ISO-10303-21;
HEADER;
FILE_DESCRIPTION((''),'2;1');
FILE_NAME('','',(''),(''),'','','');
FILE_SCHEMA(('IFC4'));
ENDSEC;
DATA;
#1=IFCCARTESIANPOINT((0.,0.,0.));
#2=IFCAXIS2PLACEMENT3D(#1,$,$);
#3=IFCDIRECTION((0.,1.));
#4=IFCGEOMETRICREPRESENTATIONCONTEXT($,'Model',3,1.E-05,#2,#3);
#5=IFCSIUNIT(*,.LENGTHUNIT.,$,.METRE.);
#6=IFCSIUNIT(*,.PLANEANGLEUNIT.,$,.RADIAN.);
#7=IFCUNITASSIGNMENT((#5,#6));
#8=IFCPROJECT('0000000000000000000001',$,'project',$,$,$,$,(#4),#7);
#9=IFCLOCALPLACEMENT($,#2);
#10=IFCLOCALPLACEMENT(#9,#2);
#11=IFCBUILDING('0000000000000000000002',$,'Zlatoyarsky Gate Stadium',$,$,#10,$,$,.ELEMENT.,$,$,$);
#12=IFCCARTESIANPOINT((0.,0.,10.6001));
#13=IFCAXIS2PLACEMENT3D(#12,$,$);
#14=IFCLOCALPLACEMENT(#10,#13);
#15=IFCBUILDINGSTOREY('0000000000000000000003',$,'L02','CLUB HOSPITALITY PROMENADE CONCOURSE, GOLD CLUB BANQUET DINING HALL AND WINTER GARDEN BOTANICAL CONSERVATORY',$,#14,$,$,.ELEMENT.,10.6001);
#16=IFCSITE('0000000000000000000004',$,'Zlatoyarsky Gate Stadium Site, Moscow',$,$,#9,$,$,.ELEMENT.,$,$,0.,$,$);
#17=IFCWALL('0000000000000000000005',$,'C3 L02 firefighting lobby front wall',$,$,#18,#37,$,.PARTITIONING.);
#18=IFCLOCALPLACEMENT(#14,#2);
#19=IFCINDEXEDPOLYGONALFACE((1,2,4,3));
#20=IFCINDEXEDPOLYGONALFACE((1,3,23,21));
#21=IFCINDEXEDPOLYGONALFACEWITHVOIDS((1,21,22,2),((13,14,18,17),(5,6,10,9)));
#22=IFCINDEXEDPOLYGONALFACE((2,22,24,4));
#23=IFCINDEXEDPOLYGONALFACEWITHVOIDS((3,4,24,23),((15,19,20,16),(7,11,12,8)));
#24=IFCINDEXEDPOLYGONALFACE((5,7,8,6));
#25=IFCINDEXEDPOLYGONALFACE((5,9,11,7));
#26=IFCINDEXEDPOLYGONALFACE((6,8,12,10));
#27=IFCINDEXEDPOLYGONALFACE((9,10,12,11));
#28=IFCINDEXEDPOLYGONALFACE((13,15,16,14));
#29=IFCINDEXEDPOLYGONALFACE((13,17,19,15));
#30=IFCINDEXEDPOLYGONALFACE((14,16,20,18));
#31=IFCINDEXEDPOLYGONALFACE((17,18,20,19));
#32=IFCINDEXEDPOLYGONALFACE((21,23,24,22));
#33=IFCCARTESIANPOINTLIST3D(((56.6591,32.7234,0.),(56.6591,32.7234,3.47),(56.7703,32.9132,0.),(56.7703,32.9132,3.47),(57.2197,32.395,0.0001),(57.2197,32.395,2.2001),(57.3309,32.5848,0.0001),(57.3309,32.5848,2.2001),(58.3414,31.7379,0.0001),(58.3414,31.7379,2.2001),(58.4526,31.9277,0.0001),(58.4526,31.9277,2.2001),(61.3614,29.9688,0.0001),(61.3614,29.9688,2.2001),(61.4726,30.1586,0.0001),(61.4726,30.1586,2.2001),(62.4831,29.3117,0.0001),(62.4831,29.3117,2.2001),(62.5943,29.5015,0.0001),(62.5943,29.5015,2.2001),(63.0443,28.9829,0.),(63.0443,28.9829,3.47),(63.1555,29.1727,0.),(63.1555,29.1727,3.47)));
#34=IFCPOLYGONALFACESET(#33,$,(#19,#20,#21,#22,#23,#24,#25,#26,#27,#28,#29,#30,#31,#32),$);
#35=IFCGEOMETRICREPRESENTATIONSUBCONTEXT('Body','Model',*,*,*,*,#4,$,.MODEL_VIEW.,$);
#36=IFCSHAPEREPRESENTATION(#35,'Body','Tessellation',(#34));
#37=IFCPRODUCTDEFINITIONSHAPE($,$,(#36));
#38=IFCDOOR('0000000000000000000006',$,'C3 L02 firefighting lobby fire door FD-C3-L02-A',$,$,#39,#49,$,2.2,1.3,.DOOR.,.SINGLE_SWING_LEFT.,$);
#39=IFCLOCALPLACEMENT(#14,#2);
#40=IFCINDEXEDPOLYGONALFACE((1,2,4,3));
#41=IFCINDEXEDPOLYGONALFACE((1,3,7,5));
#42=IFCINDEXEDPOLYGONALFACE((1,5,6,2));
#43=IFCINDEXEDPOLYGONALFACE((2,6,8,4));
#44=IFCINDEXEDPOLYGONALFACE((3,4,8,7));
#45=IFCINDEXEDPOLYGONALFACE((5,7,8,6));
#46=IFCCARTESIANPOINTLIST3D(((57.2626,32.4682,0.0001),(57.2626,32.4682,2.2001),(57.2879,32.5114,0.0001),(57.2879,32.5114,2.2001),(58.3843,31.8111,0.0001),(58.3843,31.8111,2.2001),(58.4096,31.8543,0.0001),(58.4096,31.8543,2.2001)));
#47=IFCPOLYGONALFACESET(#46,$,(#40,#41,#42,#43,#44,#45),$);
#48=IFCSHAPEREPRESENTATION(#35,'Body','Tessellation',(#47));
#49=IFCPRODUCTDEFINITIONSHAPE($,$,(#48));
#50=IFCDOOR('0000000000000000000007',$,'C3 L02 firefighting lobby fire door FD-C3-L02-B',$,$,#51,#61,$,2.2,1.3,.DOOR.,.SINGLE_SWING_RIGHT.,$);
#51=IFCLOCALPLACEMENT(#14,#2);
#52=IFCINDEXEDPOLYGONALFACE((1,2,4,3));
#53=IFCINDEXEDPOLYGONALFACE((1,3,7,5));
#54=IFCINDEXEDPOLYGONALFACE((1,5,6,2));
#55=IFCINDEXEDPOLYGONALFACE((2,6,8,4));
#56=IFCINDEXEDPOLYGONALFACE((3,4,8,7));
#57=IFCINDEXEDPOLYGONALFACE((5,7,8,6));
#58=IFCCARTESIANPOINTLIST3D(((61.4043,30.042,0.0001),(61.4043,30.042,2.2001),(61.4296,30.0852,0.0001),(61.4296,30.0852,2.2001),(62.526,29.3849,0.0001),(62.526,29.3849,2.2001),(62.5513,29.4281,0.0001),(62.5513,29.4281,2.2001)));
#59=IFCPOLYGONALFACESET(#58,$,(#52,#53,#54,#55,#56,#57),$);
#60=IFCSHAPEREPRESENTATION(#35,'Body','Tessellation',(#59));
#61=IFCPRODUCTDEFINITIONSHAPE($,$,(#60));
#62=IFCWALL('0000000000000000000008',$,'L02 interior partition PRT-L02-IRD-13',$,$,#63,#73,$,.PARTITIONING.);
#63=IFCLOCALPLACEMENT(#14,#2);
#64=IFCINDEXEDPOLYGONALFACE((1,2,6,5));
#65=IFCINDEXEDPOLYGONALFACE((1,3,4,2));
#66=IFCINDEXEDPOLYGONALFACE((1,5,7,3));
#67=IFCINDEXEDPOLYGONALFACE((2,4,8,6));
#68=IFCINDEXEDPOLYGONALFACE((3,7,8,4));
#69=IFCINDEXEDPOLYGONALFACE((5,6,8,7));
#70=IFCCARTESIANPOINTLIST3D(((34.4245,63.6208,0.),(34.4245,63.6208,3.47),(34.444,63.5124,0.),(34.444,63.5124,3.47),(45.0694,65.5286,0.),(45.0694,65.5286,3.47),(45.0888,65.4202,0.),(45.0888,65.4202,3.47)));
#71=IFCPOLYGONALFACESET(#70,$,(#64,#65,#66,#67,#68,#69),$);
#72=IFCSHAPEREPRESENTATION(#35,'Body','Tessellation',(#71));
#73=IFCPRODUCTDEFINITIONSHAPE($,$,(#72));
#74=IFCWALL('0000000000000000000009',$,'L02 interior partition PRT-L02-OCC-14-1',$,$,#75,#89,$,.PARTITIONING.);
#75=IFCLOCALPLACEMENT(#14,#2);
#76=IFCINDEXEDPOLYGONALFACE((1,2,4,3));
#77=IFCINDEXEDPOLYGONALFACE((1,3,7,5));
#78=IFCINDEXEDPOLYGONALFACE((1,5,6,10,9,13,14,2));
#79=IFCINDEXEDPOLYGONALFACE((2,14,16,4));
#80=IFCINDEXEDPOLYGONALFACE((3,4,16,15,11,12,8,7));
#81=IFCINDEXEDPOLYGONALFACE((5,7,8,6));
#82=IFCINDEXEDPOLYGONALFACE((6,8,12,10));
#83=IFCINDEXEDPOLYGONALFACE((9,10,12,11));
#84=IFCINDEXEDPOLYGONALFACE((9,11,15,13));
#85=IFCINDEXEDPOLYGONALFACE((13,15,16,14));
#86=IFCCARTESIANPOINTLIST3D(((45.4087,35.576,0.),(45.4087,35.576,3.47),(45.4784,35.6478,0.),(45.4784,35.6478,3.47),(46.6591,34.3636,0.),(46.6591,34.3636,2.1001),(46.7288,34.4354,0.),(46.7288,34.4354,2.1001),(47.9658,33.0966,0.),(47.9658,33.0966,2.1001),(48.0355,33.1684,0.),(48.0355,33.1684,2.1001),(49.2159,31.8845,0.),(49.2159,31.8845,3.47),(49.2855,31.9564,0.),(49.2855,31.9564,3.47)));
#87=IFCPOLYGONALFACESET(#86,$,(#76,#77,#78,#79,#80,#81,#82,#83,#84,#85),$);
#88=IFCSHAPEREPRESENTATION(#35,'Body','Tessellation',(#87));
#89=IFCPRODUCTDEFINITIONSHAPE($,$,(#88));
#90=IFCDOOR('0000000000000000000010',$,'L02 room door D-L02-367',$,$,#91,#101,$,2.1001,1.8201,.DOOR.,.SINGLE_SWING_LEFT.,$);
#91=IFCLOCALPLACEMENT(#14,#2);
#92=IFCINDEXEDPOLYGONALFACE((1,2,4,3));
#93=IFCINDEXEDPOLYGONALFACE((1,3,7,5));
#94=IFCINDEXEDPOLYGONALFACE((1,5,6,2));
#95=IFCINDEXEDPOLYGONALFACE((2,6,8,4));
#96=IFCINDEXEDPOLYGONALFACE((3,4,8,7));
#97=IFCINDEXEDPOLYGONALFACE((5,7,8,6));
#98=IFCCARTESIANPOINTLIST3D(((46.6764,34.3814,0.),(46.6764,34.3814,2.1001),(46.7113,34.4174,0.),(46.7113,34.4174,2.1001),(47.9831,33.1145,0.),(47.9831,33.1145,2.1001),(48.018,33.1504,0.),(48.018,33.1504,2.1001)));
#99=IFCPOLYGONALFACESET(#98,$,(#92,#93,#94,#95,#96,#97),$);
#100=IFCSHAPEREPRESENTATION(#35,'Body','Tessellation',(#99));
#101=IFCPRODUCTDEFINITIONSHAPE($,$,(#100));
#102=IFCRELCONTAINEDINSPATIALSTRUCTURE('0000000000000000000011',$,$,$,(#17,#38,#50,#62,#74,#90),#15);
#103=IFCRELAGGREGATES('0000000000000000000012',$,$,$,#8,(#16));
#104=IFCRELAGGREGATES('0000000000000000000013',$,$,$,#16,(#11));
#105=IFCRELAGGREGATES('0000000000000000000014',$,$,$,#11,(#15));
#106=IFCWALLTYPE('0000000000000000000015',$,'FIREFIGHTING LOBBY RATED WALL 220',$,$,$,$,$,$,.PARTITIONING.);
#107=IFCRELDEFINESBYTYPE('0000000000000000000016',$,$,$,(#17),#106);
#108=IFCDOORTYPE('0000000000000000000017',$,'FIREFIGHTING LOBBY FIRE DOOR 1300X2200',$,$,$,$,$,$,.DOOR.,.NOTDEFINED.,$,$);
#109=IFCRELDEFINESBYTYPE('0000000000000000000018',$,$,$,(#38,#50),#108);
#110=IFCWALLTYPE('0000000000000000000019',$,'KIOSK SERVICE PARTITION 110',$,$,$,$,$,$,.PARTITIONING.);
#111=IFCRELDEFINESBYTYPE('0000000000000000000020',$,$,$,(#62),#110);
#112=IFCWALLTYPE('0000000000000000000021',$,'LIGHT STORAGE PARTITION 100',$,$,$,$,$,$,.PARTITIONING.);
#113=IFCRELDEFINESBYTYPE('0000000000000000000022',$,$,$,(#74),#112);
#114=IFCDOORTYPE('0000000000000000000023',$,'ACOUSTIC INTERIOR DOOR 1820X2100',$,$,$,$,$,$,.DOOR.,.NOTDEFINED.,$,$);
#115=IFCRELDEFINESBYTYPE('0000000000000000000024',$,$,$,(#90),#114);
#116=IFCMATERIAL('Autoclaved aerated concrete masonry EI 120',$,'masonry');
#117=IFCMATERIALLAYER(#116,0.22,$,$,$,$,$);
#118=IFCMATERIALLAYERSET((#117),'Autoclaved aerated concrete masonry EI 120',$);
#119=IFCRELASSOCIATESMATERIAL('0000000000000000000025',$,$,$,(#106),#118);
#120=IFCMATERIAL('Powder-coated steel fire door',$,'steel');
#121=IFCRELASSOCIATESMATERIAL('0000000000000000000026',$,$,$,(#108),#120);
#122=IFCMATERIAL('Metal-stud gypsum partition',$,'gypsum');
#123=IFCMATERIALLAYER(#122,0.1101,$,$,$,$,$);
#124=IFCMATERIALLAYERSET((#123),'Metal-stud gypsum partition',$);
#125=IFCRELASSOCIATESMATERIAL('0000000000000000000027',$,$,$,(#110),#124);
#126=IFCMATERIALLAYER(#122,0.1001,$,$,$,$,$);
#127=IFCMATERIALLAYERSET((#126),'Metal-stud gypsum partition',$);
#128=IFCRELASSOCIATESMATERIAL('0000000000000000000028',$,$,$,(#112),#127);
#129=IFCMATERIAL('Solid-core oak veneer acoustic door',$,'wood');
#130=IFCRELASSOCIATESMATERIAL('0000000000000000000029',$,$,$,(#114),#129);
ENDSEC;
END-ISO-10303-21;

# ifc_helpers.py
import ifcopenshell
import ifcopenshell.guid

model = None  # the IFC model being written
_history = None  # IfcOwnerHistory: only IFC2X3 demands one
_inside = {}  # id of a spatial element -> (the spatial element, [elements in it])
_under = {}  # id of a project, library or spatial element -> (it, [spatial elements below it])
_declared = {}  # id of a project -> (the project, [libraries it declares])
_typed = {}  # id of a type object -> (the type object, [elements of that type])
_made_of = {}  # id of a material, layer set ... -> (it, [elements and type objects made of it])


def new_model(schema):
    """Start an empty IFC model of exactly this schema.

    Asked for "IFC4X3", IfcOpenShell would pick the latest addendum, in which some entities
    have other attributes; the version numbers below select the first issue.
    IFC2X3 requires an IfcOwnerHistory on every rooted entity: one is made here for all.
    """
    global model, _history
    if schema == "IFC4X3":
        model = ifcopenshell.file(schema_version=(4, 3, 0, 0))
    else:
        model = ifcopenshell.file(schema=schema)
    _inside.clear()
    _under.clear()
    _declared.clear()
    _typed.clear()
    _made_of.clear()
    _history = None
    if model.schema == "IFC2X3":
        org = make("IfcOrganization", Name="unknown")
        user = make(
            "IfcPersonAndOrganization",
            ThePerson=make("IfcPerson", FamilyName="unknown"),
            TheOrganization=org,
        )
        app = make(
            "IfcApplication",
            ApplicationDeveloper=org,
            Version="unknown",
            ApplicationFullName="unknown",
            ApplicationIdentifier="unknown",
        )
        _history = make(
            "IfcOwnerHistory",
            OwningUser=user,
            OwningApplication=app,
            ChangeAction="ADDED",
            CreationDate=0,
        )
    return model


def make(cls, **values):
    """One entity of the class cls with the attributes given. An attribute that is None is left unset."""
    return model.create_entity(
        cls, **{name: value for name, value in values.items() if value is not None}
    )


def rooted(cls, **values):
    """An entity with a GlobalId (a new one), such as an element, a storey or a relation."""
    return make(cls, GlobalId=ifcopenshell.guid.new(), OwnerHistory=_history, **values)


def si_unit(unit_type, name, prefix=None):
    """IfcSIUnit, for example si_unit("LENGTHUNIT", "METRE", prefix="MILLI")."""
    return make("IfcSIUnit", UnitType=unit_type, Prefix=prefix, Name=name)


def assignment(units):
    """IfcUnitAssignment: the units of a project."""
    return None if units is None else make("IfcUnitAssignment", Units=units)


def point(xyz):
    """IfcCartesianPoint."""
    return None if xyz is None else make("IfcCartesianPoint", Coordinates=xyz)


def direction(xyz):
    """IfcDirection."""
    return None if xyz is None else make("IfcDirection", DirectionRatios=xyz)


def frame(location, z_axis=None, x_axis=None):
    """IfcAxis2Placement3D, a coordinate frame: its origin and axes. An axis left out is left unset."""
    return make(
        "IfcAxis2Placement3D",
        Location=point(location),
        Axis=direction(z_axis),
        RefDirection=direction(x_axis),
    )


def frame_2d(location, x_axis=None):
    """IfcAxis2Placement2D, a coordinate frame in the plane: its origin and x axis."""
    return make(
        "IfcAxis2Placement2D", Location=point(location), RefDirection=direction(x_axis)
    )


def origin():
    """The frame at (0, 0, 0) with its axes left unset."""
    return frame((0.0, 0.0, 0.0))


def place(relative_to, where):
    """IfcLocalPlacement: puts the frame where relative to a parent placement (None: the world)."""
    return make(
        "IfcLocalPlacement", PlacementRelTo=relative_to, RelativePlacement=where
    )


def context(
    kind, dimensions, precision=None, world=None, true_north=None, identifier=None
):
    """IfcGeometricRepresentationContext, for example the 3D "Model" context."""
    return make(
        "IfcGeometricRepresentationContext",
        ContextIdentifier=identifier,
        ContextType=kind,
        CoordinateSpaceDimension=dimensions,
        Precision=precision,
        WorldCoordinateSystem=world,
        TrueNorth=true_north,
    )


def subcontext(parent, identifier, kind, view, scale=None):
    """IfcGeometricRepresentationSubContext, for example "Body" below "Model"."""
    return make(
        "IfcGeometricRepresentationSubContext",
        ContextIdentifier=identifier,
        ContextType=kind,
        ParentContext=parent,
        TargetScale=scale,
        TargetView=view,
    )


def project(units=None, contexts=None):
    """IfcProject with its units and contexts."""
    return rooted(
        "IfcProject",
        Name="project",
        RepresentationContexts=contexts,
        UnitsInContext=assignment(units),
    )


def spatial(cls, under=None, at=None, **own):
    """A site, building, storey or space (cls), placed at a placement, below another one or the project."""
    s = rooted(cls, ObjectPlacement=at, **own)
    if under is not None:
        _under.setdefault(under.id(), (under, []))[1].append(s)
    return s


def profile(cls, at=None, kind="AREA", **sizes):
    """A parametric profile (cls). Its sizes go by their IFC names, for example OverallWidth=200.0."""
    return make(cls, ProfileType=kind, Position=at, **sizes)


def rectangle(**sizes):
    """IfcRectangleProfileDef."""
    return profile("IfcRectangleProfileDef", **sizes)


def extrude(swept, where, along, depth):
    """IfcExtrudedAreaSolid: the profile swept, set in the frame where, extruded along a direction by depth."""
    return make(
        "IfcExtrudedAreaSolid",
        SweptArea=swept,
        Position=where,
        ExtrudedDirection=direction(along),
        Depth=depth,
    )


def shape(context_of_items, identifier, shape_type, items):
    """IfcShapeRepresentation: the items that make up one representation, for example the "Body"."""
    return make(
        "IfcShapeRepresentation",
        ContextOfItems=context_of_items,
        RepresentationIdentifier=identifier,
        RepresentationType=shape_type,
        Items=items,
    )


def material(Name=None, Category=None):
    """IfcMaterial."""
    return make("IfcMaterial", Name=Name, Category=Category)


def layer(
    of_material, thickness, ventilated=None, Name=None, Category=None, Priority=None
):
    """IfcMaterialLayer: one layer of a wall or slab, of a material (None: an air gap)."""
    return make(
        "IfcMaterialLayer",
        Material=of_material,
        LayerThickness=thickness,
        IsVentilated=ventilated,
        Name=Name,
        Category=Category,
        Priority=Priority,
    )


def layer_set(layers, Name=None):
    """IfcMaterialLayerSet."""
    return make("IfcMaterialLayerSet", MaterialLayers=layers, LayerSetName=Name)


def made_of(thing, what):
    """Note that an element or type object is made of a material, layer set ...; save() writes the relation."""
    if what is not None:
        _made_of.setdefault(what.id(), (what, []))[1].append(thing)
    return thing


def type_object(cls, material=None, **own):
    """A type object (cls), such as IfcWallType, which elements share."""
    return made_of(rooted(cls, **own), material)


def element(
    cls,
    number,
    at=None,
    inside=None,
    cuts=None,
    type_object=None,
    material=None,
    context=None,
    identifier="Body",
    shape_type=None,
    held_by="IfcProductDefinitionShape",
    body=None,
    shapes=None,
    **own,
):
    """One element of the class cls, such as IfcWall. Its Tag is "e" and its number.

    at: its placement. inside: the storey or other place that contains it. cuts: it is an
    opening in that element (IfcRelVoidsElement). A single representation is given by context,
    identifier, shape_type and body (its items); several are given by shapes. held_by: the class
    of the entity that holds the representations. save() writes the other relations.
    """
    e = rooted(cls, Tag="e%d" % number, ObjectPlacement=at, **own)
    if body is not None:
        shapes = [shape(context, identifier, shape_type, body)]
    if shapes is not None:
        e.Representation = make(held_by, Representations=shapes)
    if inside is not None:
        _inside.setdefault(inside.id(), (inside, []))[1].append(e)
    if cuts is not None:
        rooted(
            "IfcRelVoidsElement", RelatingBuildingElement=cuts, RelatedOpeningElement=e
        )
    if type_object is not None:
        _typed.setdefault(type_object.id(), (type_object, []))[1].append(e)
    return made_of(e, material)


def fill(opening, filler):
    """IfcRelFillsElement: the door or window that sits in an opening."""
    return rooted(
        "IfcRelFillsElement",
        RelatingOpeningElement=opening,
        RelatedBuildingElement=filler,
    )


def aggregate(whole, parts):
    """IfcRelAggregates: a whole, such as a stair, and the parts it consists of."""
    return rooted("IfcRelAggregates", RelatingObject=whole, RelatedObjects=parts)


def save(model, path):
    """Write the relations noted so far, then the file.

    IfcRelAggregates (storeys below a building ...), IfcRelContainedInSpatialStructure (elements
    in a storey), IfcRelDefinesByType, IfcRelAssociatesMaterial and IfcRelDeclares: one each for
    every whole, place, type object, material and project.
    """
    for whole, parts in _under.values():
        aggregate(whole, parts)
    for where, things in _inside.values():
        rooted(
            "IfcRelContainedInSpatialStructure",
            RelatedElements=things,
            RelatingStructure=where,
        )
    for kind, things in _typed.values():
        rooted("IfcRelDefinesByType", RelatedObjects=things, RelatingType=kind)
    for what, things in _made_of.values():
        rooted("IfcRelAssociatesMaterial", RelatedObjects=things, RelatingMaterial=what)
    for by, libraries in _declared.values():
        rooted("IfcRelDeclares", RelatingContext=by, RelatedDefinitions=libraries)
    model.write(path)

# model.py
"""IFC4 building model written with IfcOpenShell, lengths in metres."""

from ifc_helpers import new_model, si_unit, direction, frame, frame_2d, origin, place, context, subcontext, project, spatial, rectangle, extrude, material, layer, layer_set, type_object, element, fill, save


model = new_model("IFC4")

# Units and contexts
model_context = context("Model", 3, precision=1e-05, world=origin(), true_north=direction((0.0, 1.0)))
body_context = subcontext(model_context, "Body", "Model", "MODEL_VIEW")
ifc_project = project(units=[si_unit("LENGTHUNIT", "METRE"), si_unit("PLANEANGLEUNIT", "RADIAN")], contexts=[model_context])

# Site, building, storey
site_placement = place(None, origin())
site = spatial("IfcSite", under=ifc_project, at=site_placement, Name="Zlatoyarsky Gate Stadium Site, Moscow", CompositionType="ELEMENT", RefElevation=0.0)
building_placement = place(site_placement, origin())
building = spatial("IfcBuilding", under=site, at=building_placement, Name="Zlatoyarsky Gate Stadium", CompositionType="ELEMENT")
storey_placement = place(building_placement, frame((0.0, 0.0, 10.6001)))
storey = spatial("IfcBuildingStorey", under=building, at=storey_placement, Name="L02", Description="CLUB HOSPITALITY PROMENADE CONCOURSE, GOLD CLUB BANQUET DINING HALL AND WINTER GARDEN BOTANICAL CONSERVATORY", CompositionType="ELEMENT", Elevation=10.6001)

# Shared definitions
ifc_material_1 = material(Name="Powder-coated steel fire door", Category="steel")

# Shared definitions
ifc_material_2 = material(Name="Autoclaved aerated concrete masonry EI 120", Category="masonry")
ifc_layer_1 = layer(ifc_material_2, 0.22)
ifc_layer_set_1 = layer_set([ifc_layer_1], Name="Autoclaved aerated concrete masonry EI 120")
wall_type_1 = type_object("IfcWallType", Name="FIREFIGHTING LOBBY RATED WALL 220", PredefinedType="PARTITIONING", material=ifc_layer_set_1)

# Wall, openings, doors
wall_1_placement = place(storey_placement, frame((56.7146, 32.8184, 0.0), z_axis=(0.0, 0.0, 1.0), x_axis=(0.862851, -0.505458, 0.0)))
wall_1 = element("IfcWall", 1, at=wall_1_placement, inside=storey, type_object=wall_type_1, Name="C3 L02 firefighting lobby front wall", PredefinedType="PARTITIONING", context=body_context, shape_type="SweptSolid", body=[
    extrude(rectangle(XDim=7.4001, YDim=0.22, at=frame_2d((3.7002, 0.0))), origin(), (0.0, 0.0, 1.0), 3.47),
])
opening_1_placement = place(wall_1_placement, frame((0.6499, 0.0, 0.0)))
opening_1 = element("IfcOpeningElement", 2, at=opening_1_placement, cuts=wall_1, PredefinedType="OPENING", context=body_context, shape_type="SweptSolid", body=[
    extrude(rectangle(XDim=1.3, YDim=2.2, at=frame_2d((0.6499, 1.1001))), frame((0.0, 0.1199, 0.0), z_axis=(0.0, -1.0, 0.0), x_axis=(1.0, 0.0, 0.0)), (0.0, 0.0, 1.0), 0.24),
])
opening_2_placement = place(wall_1_placement, frame((5.45, 0.0, 0.0)))
opening_2 = element("IfcOpeningElement", 3, at=opening_2_placement, cuts=wall_1, PredefinedType="OPENING", context=body_context, shape_type="SweptSolid", body=[
    extrude(rectangle(XDim=1.3, YDim=2.2, at=frame_2d((0.6499, 1.1001))), frame((0.0, 0.1199, 0.0), z_axis=(0.0, -1.0, 0.0), x_axis=(1.0, 0.0, 0.0)), (0.0, 0.0, 1.0), 0.24),
])
door_type_1 = type_object("IfcDoorType", Name="FIREFIGHTING LOBBY FIRE DOOR 1300X2200", OperationType="NOTDEFINED", PredefinedType="DOOR", material=ifc_material_1)
door_1_placement = place(opening_1_placement, origin())
door_1 = element("IfcDoor", 4, at=door_1_placement, inside=storey, type_object=door_type_1, Name="C3 L02 firefighting lobby fire door FD-C3-L02-A", OperationType="SINGLE_SWING_LEFT", OverallHeight=2.2, OverallWidth=1.3, PredefinedType="DOOR", context=body_context, shape_type="SweptSolid", body=[
    extrude(rectangle(XDim=1.3, YDim=2.2, at=frame_2d((0.6499, 1.1001))), frame((0.0, 0.0249, 0.0), z_axis=(0.0, -1.0, 0.0), x_axis=(1.0, 0.0, 0.0)), (0.0, 0.0, 1.0), 0.05),
])
fill(opening_1, door_1)
door_2_placement = place(opening_2_placement, origin())
door_2 = element("IfcDoor", 5, at=door_2_placement, inside=storey, type_object=door_type_1, Name="C3 L02 firefighting lobby fire door FD-C3-L02-B", OperationType="SINGLE_SWING_RIGHT", OverallHeight=2.2, OverallWidth=1.3, PredefinedType="DOOR", context=body_context, shape_type="SweptSolid", body=[
    extrude(rectangle(XDim=1.3, YDim=2.2, at=frame_2d((0.6499, 1.1001))), frame((0.0, 0.0249, 0.0), z_axis=(0.0, -1.0, 0.0), x_axis=(1.0, 0.0, 0.0)), (0.0, 0.0, 1.0), 0.05),
])
fill(opening_2, door_2)

# Wall
ifc_material_3 = material(Name="Metal-stud gypsum partition", Category="gypsum")
ifc_layer_2 = layer(ifc_material_3, 0.1101)
ifc_layer_set_2 = layer_set([ifc_layer_2], Name="Metal-stud gypsum partition")
wall_type_2 = type_object("IfcWallType", Name="KIOSK SERVICE PARTITION 110", PredefinedType="PARTITIONING", material=ifc_layer_set_2)
wall_2_placement = place(storey_placement, frame((45.0791, 65.4744, 0.0), z_axis=(0.0, 0.0, 1.0), x_axis=(-0.984318, -0.176406, 0.0)))
element("IfcWall", 6, at=wall_2_placement, inside=storey, type_object=wall_type_2, Name="L02 interior partition PRT-L02-IRD-13", PredefinedType="PARTITIONING", context=body_context, shape_type="SweptSolid", body=[
    extrude(rectangle(XDim=10.8145, YDim=0.1101, at=frame_2d((5.4072, 0.0))), origin(), (0.0, 0.0, 1.0), 3.47),
])

# Wall, opening, door
ifc_layer_3 = layer(ifc_material_3, 0.1001)
ifc_layer_set_3 = layer_set([ifc_layer_3], Name="Metal-stud gypsum partition")
wall_type_3 = type_object("IfcWallType", Name="LIGHT STORAGE PARTITION 100", PredefinedType="PARTITIONING", material=ifc_layer_set_3)
wall_3_placement = place(storey_placement, frame((45.4436, 35.6118, 0.0), z_axis=(0.0, 0.0, 1.0), x_axis=(0.717934, -0.696111, 0.0)))
wall_3 = element("IfcWall", 7, at=wall_3_placement, inside=storey, type_object=wall_type_3, Name="L02 interior partition PRT-L02-OCC-14-1", PredefinedType="PARTITIONING", context=body_context, shape_type="SweptSolid", body=[
    extrude(rectangle(XDim=5.303, YDim=0.1001, at=frame_2d((2.6514, 0.0))), origin(), (0.0, 0.0, 1.0), 3.47),
])
opening_3_placement = place(wall_3_placement, frame((1.7415, 0.0, 0.0)))
opening_3 = element("IfcOpeningElement", 8, at=opening_3_placement, cuts=wall_3, PredefinedType="OPENING", context=body_context, shape_type="SweptSolid", body=[
    extrude(rectangle(XDim=1.8201, YDim=2.1001, at=frame_2d((0.9102, 1.05))), frame((0.0, 0.0601, 0.0), z_axis=(0.0, -1.0, 0.0), x_axis=(1.0, 0.0, 0.0)), (0.0, 0.0, 1.0), 0.1201),
])
ifc_material_4 = material(Name="Solid-core oak veneer acoustic door", Category="wood")
door_type_2 = type_object("IfcDoorType", Name="ACOUSTIC INTERIOR DOOR 1820X2100", OperationType="NOTDEFINED", PredefinedType="DOOR", material=ifc_material_4)
door_3_placement = place(opening_3_placement, origin())
door_3 = element("IfcDoor", 9, at=door_3_placement, inside=storey, type_object=door_type_2, Name="L02 room door D-L02-367", OperationType="SINGLE_SWING_LEFT", OverallHeight=2.1001, OverallWidth=1.8201, PredefinedType="DOOR", context=body_context, shape_type="SweptSolid", body=[
    extrude(rectangle(XDim=1.8201, YDim=2.1001, at=frame_2d((0.9102, 1.05))), frame((0.0, 0.0249, 0.0), z_axis=(0.0, -1.0, 0.0), x_axis=(1.0, 0.0, 0.0)), (0.0, 0.0, 1.0), 0.05),
])
fill(opening_3, door_3)

save(model, "model.ifc")
